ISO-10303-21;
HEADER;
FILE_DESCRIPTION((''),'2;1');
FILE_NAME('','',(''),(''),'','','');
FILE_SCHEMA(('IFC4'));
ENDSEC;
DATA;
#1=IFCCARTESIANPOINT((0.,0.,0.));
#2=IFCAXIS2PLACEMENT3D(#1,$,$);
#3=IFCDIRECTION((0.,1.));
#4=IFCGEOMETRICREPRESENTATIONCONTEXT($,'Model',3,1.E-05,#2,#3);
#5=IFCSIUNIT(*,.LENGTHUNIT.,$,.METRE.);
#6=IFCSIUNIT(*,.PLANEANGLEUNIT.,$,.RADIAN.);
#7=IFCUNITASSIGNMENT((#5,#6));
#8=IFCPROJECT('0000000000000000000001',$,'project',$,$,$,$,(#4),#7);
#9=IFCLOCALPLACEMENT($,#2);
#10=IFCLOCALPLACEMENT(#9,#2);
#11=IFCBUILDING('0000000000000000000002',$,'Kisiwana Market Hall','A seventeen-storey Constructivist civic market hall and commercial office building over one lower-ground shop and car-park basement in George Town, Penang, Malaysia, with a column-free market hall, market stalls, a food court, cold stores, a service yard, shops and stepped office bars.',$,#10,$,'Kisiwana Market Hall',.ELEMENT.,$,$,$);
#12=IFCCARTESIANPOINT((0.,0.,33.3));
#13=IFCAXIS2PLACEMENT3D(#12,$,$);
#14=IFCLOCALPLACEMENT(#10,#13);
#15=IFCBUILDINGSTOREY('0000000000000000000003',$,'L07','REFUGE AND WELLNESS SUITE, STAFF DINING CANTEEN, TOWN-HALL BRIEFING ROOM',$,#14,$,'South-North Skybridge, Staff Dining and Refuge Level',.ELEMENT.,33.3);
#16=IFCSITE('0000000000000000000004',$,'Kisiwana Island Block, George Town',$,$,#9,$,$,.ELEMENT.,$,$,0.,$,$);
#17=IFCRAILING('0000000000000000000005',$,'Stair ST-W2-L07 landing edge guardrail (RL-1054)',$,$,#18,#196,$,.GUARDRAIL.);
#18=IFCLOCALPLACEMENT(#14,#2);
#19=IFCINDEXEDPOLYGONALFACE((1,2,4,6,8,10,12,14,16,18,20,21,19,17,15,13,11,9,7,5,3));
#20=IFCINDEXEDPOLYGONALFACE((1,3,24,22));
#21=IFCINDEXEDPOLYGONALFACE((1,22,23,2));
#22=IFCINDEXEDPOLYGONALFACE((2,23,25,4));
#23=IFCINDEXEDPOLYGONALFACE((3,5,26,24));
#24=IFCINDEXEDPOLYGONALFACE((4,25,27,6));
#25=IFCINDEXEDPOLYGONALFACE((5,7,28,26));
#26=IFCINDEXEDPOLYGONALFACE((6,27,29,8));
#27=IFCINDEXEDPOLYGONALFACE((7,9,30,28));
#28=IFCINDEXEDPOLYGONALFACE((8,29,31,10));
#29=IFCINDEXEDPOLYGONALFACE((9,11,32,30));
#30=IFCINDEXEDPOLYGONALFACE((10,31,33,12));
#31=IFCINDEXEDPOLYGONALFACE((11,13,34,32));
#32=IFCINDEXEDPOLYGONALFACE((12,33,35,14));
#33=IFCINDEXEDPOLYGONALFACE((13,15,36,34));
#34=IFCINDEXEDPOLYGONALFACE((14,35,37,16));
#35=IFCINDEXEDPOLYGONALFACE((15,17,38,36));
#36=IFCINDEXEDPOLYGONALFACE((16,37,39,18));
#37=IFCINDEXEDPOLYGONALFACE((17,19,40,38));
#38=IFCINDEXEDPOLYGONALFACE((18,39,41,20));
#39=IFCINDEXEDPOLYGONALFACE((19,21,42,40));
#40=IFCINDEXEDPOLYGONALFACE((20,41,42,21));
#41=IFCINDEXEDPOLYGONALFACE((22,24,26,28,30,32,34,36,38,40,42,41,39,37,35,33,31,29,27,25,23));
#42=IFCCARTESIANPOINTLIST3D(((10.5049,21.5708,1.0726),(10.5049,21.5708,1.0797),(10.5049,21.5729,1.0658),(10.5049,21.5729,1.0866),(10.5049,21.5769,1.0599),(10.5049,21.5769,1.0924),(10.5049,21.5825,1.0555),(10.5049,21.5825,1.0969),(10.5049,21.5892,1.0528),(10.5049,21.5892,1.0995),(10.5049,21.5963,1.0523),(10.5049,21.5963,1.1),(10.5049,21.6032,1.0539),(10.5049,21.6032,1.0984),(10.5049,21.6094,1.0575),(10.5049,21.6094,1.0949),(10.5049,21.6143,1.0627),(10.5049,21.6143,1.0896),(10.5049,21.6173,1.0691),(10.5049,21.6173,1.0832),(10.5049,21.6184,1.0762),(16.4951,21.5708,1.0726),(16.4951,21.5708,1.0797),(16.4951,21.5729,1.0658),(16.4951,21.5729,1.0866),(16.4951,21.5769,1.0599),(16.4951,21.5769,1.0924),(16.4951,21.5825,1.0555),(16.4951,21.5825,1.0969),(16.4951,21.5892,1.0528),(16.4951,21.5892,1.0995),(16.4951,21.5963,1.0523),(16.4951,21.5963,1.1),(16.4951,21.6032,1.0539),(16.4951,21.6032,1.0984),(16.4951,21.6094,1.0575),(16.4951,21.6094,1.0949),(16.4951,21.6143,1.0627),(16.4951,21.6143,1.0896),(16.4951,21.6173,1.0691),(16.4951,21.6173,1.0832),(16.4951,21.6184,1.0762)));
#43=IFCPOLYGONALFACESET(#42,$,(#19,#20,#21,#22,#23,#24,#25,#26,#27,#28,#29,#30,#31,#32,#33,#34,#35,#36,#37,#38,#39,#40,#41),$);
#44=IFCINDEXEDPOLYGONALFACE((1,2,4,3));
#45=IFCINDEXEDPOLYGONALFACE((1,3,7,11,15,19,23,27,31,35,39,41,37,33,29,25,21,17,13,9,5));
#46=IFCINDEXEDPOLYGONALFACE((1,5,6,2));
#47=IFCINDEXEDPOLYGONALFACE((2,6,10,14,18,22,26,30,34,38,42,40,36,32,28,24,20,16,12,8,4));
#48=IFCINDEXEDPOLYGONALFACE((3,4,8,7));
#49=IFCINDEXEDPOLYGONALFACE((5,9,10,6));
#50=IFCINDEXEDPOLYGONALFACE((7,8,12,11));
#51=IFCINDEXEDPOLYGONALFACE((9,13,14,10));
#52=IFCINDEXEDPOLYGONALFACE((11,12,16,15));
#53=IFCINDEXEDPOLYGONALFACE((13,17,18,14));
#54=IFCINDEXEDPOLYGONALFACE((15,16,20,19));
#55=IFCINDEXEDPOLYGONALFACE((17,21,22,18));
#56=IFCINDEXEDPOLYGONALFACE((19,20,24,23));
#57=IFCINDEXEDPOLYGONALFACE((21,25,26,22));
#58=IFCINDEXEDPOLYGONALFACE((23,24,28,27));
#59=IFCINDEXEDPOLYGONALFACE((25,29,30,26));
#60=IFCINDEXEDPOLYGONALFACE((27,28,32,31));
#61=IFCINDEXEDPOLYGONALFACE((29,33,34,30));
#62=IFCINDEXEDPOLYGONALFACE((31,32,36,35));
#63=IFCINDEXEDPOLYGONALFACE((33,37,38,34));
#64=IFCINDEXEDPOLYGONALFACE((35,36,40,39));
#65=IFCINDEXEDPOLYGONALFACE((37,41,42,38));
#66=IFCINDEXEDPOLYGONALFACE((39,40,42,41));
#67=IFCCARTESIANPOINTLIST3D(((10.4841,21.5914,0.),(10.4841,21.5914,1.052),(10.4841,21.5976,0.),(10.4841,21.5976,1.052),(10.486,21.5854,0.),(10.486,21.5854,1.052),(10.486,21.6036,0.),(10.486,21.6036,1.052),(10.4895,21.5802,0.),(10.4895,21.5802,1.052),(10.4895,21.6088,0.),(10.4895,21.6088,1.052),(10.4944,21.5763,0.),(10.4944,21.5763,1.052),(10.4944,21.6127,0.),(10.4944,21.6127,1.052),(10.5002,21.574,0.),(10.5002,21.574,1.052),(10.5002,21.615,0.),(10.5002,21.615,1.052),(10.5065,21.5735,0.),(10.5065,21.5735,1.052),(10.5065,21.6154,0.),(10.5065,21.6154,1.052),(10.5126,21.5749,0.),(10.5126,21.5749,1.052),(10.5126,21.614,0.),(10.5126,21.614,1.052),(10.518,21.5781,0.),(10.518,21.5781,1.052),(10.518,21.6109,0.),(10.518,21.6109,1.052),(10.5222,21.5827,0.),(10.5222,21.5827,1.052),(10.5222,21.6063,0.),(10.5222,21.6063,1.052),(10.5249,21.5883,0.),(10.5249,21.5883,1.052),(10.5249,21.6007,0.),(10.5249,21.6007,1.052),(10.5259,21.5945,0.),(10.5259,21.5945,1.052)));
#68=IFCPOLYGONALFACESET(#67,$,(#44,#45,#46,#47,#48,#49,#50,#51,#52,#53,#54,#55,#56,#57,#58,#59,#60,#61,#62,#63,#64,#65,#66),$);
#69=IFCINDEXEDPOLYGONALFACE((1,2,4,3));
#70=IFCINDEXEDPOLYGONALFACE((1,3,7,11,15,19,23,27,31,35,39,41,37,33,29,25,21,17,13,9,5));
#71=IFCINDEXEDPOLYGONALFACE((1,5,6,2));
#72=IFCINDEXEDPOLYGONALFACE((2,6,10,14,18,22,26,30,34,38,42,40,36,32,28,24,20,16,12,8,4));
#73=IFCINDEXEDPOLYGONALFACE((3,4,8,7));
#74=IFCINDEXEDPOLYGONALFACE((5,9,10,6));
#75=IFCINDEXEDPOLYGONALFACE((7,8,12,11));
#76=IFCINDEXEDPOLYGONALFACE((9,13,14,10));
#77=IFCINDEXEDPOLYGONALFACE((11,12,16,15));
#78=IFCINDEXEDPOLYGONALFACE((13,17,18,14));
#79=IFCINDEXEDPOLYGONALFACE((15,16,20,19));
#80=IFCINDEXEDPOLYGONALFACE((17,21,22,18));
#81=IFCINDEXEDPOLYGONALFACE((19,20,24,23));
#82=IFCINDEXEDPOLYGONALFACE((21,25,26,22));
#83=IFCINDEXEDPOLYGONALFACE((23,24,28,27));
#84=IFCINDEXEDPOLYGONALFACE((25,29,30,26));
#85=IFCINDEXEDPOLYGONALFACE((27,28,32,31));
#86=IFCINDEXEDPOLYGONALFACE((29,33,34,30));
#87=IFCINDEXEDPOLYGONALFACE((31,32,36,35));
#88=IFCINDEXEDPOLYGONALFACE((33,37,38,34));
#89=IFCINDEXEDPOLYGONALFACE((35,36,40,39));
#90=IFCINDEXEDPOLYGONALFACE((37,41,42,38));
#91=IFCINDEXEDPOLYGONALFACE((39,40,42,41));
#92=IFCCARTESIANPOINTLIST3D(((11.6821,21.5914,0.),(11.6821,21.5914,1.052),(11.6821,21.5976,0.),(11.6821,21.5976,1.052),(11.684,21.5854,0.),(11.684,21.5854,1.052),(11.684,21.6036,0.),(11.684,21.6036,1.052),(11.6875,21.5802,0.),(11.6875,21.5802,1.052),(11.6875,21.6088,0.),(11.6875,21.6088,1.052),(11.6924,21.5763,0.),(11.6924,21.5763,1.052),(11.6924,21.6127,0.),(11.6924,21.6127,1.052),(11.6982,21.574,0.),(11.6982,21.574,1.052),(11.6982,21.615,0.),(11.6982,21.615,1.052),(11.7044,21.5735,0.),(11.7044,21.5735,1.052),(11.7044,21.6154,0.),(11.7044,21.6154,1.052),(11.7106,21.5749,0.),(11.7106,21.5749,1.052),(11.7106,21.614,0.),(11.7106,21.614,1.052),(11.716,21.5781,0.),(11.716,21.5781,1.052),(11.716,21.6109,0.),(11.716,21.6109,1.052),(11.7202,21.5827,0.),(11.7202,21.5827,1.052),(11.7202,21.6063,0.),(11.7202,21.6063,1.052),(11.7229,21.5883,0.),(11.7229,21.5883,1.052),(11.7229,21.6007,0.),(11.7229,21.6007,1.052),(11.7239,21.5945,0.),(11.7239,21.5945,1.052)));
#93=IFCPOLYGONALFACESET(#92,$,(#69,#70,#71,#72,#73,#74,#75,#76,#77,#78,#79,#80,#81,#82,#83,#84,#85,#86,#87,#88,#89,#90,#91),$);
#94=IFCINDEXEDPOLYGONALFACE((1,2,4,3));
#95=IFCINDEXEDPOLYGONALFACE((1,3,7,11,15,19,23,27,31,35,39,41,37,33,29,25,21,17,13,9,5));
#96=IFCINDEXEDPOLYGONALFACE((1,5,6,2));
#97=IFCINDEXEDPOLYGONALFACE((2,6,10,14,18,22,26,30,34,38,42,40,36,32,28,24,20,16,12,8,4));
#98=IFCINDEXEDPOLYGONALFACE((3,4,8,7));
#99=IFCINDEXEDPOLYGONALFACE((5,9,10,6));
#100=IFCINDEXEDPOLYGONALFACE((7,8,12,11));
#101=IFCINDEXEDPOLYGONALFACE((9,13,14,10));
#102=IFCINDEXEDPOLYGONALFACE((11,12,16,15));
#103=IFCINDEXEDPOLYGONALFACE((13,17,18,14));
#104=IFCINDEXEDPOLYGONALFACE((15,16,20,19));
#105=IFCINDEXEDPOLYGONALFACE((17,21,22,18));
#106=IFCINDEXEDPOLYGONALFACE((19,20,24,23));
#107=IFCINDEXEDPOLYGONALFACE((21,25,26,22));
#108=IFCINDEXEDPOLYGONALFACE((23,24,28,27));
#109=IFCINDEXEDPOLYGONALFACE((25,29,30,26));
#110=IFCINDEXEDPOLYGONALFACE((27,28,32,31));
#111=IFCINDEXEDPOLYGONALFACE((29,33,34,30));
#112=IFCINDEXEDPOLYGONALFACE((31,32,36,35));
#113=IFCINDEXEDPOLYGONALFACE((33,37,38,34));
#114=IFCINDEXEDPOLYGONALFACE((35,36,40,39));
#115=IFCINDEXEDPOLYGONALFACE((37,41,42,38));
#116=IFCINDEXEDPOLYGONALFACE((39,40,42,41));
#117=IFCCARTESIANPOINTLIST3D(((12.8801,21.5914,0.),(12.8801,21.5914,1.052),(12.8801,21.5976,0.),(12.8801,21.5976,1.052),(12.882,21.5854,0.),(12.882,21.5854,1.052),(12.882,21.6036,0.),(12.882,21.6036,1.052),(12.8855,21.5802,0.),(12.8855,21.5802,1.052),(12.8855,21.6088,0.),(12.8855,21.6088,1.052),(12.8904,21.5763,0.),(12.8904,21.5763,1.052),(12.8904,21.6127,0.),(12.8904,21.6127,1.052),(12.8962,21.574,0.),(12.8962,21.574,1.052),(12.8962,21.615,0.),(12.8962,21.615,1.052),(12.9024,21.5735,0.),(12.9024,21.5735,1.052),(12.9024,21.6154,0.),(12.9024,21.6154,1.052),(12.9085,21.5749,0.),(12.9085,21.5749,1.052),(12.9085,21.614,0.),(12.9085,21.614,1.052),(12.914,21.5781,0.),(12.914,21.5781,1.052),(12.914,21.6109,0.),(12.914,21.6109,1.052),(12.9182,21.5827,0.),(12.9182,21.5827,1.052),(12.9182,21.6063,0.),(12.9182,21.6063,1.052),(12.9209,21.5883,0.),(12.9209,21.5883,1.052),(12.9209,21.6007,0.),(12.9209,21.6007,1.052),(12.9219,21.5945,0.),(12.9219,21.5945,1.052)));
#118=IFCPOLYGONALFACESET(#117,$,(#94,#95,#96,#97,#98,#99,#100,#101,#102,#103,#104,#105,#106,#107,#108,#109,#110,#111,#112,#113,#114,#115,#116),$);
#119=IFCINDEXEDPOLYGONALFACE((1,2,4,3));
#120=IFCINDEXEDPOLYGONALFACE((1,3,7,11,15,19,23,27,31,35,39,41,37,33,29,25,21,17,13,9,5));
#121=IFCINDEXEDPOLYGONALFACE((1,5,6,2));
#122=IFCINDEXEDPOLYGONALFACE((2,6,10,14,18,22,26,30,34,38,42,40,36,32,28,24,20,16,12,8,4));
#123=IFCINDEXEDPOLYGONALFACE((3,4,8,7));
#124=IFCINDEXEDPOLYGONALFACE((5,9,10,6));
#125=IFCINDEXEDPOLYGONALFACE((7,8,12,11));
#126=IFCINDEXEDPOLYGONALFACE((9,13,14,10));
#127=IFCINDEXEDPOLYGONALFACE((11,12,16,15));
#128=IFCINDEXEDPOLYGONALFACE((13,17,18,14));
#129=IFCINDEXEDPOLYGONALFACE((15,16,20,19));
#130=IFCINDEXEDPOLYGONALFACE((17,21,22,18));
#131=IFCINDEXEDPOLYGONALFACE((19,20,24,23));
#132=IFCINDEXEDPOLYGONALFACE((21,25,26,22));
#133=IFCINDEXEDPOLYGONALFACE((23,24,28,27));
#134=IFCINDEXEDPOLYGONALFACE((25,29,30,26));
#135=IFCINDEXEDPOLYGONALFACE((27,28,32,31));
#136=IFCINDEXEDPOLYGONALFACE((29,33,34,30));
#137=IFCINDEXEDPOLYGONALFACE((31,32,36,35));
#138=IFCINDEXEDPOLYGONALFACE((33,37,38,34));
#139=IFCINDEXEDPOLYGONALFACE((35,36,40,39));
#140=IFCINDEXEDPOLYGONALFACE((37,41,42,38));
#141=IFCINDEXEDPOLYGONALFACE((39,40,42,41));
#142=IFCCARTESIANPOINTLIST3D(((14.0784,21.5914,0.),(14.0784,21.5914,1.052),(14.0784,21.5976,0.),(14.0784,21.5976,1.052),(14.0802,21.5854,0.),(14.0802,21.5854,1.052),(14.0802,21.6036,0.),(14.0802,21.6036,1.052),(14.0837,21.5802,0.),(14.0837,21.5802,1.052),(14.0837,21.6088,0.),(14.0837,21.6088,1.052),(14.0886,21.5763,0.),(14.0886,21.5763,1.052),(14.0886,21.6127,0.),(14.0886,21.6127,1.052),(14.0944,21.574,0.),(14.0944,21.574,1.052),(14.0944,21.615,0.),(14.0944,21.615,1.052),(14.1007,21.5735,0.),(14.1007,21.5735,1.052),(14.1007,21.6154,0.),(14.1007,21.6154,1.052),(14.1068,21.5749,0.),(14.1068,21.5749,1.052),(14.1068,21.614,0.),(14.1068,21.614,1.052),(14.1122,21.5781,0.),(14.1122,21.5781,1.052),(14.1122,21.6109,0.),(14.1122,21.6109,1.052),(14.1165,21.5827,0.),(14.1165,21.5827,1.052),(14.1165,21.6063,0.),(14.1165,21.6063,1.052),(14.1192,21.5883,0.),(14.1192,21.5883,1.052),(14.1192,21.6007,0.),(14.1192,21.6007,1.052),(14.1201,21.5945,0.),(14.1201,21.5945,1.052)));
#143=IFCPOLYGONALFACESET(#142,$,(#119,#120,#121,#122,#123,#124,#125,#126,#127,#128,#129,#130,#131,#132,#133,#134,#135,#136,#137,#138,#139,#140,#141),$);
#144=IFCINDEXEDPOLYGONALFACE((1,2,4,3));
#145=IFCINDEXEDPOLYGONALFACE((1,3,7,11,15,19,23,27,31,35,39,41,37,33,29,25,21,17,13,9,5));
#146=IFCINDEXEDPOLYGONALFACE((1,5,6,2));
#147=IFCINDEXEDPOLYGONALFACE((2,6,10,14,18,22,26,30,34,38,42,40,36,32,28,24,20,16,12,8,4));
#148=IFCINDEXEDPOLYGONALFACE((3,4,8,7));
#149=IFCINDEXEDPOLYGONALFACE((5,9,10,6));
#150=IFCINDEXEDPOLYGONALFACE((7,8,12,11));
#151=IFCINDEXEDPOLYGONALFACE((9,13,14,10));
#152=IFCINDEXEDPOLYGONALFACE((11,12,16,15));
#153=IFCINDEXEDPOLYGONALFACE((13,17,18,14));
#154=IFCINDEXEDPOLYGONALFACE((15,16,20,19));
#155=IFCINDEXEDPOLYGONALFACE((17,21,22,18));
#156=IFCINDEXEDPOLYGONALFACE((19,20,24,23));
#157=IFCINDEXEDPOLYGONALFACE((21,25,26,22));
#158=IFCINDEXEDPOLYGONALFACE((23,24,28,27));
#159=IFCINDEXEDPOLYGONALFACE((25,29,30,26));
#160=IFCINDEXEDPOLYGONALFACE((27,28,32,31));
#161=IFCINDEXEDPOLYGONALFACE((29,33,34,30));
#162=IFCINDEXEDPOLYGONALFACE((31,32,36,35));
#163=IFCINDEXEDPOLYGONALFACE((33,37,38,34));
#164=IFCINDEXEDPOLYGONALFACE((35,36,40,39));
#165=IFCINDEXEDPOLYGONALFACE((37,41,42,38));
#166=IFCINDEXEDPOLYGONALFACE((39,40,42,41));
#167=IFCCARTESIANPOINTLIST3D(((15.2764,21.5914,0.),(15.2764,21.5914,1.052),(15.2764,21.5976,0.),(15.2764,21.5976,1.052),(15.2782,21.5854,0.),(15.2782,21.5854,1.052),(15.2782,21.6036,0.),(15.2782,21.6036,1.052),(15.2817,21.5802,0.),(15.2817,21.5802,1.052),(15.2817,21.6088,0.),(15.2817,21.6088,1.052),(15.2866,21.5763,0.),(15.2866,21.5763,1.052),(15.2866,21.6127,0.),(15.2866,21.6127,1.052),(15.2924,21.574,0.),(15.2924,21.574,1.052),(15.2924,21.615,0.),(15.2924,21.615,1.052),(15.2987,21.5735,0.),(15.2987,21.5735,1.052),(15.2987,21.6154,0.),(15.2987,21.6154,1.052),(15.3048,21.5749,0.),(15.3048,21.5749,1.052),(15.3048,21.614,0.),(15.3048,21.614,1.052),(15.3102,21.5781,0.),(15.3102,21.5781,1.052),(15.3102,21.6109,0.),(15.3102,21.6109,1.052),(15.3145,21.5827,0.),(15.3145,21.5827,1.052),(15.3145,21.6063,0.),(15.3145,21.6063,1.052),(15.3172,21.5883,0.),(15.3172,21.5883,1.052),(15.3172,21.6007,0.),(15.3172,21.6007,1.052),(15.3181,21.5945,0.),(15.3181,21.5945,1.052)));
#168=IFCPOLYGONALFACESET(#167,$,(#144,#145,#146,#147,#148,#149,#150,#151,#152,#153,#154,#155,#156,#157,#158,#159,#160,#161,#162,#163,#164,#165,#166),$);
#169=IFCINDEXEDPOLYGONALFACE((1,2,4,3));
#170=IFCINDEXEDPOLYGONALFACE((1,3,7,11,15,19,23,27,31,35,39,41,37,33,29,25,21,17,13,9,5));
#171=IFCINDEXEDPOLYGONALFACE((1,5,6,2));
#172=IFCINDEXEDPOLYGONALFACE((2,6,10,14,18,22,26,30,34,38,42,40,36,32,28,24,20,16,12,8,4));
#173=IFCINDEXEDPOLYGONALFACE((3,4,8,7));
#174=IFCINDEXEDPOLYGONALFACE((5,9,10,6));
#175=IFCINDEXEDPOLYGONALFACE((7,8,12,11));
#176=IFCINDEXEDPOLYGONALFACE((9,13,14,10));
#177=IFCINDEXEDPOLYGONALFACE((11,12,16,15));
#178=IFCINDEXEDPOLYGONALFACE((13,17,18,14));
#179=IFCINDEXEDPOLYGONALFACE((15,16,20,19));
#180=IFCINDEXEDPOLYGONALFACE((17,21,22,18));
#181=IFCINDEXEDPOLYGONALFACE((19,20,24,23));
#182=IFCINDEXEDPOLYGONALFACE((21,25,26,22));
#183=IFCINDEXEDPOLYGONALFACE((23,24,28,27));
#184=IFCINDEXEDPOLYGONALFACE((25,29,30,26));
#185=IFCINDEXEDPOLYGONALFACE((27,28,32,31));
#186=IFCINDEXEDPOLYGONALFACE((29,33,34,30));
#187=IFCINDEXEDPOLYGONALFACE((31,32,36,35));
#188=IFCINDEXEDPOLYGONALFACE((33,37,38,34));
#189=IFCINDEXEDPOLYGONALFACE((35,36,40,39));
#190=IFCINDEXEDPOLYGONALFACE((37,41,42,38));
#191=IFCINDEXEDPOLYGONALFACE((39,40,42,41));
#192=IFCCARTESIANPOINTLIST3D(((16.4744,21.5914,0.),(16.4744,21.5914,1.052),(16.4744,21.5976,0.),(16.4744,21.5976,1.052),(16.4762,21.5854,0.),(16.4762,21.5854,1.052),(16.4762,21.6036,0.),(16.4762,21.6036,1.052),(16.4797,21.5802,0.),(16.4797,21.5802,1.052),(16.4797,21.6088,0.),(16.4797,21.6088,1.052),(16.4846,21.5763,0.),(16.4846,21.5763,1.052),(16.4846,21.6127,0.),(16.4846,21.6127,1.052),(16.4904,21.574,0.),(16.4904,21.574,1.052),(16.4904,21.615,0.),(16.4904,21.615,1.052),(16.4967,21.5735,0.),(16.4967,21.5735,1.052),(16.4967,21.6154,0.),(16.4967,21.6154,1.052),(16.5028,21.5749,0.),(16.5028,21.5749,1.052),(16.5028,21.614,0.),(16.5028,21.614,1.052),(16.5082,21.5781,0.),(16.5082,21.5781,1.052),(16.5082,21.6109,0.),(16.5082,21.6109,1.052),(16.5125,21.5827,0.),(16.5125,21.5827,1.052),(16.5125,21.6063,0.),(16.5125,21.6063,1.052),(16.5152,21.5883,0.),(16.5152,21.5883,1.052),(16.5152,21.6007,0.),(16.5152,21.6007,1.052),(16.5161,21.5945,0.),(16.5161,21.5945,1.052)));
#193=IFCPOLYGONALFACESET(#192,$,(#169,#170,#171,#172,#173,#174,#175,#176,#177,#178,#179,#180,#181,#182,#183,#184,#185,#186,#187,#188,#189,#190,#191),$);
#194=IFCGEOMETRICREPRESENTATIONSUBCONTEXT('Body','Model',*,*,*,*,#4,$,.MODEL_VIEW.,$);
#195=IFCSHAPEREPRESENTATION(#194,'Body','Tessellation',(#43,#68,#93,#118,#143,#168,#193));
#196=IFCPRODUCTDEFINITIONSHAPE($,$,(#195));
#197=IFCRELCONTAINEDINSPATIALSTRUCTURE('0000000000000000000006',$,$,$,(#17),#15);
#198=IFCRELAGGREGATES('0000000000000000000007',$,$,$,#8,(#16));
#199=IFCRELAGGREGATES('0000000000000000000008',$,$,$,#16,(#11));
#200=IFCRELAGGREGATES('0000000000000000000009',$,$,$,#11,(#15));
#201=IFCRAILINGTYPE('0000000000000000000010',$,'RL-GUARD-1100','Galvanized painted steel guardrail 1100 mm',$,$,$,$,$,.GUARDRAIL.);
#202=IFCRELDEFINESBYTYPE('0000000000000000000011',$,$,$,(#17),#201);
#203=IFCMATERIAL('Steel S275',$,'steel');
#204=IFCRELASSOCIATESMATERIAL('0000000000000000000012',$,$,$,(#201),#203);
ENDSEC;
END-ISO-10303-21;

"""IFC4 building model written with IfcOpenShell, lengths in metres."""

from ifc_helpers import new_model, si_unit, direction, frame, origin, origin_2d, place, context, subcontext, project, spatial, circle, extrude, material, type_object, element, save


model = new_model("IFC4")

# Units and contexts
model_context = context("Model", 3, precision=1e-05, world=origin(), true_north=direction((0.0, 1.0)))
body_context = subcontext(model_context, "Body", "Model", "MODEL_VIEW")
ifc_project = project(units=[si_unit("LENGTHUNIT", "METRE"), si_unit("PLANEANGLEUNIT", "RADIAN")], contexts=[model_context])

# Site, building, storey
site_placement = place(None, origin())
site = spatial("IfcSite", under=ifc_project, at=site_placement, Name="Kisiwana Island Block, George Town", CompositionType="ELEMENT", RefElevation=0.0)
building_placement = place(site_placement, origin())
building = spatial("IfcBuilding", under=site, at=building_placement, Name="Kisiwana Market Hall", Description="A seventeen-storey Constructivist civic market hall and commercial office building over one lower-ground shop and car-park basement in George Town, Penang, Malaysia, with a column-free market hall, market stalls, a food court, cold stores, a service yard, shops and stepped office bars.", LongName="Kisiwana Market Hall", CompositionType="ELEMENT")
storey_placement = place(building_placement, frame((0.0, 0.0, 33.3)))
storey = spatial("IfcBuildingStorey", under=building, at=storey_placement, Name="L07", Description="REFUGE AND WELLNESS SUITE, STAFF DINING CANTEEN, TOWN-HALL BRIEFING ROOM", LongName="South-North Skybridge, Staff Dining and Refuge Level", CompositionType="ELEMENT", Elevation=33.3)

# Railing
ifc_material_1 = material(Name="Steel S275", Category="steel")
railing_type_1 = type_object("IfcRailingType", Name="RL-GUARD-1100", Description="Galvanized painted steel guardrail 1100 mm", PredefinedType="GUARDRAIL", material=ifc_material_1)
railing_1_placement = place(storey_placement, frame((10.5049, 21.5945, 0.0)))
element("IfcRailing", 1, at=railing_1_placement, inside=storey, type_object=railing_type_1, Name="Stair ST-W2-L07 landing edge guardrail (RL-1054)", PredefinedType="GUARDRAIL", context=body_context, shape_type="SweptSolid", body=[
    extrude(circle(Radius=0.0239, at=origin_2d()), frame((0.0, 0.0, 1.0762), z_axis=(1.0, 0.0, 0.0), x_axis=(0.0, 1.0, 0.0)), (0.0, 0.0, 1.0), 5.9902),
    extrude(circle(Radius=0.021, at=origin_2d()), origin(), (0.0, 0.0, 1.0), 1.052),
    extrude(circle(Radius=0.021, at=origin_2d()), frame((1.198, 0.0, 0.0)), (0.0, 0.0, 1.0), 1.052),
    extrude(circle(Radius=0.021, at=origin_2d()), frame((2.396, 0.0, 0.0)), (0.0, 0.0, 1.0), 1.052),
    extrude(circle(Radius=0.021, at=origin_2d()), frame((3.5942, 0.0, 0.0)), (0.0, 0.0, 1.0), 1.052),
    extrude(circle(Radius=0.021, at=origin_2d()), frame((4.7922, 0.0, 0.0)), (0.0, 0.0, 1.0), 1.052),
    extrude(circle(Radius=0.021, at=origin_2d()), frame((5.9902, 0.0, 0.0)), (0.0, 0.0, 1.0), 1.052),
])

save(model, "model.ifc")
